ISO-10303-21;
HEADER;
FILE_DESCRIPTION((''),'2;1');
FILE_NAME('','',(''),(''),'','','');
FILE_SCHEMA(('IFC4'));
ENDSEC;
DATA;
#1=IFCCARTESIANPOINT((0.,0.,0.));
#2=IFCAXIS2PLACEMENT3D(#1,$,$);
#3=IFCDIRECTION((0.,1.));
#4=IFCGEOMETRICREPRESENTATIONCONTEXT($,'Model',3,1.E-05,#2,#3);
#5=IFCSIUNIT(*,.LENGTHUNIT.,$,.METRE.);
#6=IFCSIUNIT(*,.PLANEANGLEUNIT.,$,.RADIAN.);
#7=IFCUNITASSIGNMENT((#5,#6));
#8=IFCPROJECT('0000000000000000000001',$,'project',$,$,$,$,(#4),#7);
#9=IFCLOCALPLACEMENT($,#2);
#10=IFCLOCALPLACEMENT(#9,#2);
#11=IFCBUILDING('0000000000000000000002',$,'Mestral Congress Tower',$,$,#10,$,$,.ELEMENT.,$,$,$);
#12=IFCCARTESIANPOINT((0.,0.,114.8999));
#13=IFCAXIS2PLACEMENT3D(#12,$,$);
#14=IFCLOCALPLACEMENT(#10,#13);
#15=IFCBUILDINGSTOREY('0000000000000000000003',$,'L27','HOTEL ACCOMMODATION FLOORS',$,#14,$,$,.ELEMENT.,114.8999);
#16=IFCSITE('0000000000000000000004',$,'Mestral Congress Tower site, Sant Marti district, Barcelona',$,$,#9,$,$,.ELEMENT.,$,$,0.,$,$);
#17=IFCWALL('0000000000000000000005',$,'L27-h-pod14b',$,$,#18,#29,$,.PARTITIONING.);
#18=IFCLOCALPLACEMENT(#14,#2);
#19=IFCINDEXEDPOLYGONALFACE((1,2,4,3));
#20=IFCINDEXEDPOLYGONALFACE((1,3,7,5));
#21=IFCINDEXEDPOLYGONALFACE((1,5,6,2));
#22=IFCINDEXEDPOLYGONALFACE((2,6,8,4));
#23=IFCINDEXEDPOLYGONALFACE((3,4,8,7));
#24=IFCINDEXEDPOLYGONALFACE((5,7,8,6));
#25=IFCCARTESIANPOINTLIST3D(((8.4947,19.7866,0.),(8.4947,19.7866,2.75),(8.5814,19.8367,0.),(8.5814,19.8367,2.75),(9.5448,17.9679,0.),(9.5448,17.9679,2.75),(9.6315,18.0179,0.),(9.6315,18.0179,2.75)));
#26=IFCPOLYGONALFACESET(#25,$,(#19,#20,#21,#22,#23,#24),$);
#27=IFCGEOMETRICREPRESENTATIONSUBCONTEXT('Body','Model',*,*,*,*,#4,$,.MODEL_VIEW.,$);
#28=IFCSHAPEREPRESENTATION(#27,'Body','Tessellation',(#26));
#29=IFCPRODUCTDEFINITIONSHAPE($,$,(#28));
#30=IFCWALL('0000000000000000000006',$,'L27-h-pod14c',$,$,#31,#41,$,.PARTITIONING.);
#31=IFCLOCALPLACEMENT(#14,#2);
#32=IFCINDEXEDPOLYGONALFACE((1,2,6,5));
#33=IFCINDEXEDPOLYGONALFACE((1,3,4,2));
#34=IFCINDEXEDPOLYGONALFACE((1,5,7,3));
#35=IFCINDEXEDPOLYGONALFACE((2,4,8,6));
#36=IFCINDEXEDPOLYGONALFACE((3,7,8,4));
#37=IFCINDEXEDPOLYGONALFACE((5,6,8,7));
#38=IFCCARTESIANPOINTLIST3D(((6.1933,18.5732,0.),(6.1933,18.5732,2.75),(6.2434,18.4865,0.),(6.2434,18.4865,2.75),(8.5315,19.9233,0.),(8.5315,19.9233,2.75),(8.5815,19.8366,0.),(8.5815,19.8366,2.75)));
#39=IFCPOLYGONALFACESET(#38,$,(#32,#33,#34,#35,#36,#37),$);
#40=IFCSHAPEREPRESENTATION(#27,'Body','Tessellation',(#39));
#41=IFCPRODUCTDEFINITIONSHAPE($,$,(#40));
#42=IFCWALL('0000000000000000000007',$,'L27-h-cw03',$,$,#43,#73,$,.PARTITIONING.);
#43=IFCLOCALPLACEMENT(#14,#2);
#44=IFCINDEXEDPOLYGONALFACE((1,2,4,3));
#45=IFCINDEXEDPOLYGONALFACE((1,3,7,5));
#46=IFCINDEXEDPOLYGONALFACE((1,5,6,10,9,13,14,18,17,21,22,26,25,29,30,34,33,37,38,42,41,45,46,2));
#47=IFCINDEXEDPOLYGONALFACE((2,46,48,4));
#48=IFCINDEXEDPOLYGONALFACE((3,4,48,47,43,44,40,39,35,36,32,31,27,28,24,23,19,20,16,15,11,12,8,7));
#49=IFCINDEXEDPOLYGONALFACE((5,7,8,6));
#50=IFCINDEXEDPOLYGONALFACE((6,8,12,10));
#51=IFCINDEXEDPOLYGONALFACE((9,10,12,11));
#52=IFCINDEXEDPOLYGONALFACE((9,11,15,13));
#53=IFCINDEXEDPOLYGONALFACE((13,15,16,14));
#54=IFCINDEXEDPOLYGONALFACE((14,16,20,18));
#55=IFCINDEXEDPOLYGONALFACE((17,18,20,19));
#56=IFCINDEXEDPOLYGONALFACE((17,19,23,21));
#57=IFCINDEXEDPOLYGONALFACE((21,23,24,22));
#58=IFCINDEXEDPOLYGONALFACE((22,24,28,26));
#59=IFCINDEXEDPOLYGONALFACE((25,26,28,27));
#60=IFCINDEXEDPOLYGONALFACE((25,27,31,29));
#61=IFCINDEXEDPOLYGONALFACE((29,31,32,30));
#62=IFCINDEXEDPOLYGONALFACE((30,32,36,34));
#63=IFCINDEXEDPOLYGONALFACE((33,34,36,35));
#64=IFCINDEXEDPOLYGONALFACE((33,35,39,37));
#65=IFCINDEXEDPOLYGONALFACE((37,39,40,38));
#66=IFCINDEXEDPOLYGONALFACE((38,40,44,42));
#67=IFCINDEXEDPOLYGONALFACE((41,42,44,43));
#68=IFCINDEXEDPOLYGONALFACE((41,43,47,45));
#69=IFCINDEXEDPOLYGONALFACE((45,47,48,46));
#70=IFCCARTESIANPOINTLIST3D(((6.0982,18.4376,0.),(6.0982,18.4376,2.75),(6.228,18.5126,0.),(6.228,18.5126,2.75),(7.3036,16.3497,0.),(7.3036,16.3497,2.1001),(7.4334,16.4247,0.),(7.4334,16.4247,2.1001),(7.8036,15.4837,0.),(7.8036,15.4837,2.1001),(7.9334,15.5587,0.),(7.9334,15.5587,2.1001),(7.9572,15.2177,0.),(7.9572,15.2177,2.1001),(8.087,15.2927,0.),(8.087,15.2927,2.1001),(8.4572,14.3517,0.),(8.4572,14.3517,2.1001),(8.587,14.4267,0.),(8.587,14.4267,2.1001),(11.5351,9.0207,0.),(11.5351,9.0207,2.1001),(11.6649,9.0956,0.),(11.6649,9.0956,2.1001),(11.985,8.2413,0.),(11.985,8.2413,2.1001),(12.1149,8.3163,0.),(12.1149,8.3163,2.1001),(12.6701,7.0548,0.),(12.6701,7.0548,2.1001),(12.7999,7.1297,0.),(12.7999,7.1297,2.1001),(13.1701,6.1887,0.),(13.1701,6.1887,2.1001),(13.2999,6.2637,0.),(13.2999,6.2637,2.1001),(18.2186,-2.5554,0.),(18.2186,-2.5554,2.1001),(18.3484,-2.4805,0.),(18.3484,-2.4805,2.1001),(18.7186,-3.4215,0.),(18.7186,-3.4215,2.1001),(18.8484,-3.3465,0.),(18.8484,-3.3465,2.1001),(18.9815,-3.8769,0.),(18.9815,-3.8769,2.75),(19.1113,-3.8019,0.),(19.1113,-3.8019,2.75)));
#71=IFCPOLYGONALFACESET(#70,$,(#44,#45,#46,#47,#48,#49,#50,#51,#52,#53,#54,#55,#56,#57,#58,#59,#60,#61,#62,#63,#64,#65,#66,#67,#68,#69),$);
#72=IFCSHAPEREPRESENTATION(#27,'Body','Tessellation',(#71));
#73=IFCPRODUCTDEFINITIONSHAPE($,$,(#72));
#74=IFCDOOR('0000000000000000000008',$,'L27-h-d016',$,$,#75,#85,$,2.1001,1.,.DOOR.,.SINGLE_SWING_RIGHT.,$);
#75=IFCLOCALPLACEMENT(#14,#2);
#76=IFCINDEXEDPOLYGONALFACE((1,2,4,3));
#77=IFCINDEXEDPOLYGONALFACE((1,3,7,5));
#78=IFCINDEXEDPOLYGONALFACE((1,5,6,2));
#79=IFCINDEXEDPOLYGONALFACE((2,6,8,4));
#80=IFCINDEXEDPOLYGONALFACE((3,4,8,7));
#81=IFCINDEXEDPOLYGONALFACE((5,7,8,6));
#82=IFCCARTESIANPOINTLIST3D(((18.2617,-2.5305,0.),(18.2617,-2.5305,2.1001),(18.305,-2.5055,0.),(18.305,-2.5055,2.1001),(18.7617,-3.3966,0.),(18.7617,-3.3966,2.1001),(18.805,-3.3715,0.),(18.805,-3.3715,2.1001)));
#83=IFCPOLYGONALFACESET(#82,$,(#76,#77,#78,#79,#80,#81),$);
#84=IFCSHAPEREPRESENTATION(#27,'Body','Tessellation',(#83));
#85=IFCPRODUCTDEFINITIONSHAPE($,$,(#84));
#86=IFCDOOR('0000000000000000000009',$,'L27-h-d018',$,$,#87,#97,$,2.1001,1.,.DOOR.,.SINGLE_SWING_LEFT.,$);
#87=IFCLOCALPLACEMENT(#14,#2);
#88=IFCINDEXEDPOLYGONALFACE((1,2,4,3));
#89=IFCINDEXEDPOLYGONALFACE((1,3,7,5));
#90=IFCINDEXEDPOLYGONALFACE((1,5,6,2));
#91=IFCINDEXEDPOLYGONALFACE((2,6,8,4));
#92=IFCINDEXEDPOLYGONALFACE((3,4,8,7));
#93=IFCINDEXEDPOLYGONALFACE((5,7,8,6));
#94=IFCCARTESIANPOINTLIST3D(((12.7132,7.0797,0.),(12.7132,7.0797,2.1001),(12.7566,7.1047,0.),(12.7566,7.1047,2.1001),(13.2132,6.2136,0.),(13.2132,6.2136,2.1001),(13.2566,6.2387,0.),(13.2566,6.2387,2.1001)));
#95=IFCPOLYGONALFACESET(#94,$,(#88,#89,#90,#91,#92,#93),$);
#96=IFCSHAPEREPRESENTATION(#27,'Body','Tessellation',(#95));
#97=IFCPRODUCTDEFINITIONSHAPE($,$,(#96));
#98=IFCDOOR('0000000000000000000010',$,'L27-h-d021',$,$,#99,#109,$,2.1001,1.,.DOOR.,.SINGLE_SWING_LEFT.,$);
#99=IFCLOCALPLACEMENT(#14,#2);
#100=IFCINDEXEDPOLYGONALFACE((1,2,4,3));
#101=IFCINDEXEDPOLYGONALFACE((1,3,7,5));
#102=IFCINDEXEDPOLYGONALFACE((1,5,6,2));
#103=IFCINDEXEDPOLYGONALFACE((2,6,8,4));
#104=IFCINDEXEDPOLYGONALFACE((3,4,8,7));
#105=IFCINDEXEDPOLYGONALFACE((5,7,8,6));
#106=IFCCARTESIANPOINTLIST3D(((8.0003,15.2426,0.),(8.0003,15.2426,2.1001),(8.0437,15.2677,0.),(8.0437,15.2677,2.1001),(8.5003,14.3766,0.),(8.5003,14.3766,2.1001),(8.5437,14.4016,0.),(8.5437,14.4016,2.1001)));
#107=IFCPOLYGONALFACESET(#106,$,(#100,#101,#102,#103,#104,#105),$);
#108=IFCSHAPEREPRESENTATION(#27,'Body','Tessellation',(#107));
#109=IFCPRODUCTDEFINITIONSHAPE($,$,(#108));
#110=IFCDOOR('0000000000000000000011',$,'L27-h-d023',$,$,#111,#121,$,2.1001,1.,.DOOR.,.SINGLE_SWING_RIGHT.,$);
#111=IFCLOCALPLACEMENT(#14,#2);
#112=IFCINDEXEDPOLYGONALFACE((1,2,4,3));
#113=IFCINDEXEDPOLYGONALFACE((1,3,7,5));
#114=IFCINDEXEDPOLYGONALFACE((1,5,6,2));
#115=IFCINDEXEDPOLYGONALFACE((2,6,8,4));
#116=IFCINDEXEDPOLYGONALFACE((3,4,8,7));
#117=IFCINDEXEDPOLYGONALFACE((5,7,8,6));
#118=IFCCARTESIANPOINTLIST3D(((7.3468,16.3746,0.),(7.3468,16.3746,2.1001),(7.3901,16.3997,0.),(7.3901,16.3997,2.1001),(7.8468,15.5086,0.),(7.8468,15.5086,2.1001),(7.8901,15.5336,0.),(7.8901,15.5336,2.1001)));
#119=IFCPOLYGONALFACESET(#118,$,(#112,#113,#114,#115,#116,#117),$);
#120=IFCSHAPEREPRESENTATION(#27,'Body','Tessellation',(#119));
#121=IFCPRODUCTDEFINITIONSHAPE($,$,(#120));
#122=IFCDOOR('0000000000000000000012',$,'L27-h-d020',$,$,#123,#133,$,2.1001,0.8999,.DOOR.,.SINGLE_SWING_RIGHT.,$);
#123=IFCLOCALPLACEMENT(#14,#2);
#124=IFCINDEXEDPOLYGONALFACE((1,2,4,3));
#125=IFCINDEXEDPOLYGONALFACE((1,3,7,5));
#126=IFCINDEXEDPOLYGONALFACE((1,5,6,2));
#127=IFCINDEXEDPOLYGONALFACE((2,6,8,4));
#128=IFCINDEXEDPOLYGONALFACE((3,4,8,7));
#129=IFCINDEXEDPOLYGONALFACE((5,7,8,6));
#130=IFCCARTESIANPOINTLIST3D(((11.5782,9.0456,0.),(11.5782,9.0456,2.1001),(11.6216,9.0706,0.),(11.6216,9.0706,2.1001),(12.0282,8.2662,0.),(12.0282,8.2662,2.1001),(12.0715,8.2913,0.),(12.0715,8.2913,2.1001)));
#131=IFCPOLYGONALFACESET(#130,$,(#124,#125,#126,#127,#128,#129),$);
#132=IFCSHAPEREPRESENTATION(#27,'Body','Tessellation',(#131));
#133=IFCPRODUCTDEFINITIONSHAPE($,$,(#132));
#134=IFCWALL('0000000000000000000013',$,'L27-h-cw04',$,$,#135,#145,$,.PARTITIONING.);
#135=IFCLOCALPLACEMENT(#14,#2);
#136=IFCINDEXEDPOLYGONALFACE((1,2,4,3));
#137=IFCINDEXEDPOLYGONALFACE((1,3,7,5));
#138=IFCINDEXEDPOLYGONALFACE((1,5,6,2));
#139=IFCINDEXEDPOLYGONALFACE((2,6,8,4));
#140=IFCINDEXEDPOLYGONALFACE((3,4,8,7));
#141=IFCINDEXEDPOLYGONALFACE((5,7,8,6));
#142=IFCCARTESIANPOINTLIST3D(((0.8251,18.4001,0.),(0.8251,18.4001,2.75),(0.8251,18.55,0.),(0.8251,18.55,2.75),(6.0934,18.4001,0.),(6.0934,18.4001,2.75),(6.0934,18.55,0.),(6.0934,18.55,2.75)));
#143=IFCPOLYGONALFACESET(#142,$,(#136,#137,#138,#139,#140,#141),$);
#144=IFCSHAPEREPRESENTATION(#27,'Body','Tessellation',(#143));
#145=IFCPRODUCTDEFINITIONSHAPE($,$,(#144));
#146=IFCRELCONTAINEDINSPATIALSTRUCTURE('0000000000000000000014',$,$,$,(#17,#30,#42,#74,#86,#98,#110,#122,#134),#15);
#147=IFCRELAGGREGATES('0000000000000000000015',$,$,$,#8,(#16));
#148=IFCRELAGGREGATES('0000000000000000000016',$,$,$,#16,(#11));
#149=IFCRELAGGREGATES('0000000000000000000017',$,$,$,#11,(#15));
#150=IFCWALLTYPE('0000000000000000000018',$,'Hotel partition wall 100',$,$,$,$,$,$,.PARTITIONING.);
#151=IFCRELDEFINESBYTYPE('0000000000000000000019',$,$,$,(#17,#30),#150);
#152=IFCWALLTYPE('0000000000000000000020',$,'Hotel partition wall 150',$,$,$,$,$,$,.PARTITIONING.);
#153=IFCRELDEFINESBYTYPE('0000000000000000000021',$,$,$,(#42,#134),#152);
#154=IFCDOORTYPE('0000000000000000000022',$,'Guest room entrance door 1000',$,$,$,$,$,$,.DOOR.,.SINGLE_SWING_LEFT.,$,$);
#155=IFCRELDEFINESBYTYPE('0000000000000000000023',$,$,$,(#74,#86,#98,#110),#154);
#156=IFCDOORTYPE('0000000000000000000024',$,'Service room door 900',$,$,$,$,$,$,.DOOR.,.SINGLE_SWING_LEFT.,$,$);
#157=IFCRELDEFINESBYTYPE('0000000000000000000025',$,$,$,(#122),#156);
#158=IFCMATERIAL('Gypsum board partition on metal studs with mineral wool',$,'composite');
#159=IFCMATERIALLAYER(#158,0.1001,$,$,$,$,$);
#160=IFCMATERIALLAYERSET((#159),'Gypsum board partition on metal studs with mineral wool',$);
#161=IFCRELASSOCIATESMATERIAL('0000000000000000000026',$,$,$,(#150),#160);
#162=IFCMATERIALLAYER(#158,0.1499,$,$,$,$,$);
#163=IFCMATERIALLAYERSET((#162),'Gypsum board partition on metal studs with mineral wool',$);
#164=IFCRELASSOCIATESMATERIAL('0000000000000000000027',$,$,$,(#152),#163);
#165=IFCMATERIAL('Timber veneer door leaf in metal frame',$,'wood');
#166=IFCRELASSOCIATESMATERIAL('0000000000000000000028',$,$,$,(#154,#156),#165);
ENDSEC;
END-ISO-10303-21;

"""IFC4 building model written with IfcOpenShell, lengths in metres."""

from ifc_helpers import new_model, si_unit, direction, frame, frame_2d, origin, place, context, subcontext, project, spatial, rectangle, extrude, material, layer, layer_set, type_object, element, fill, save


model = new_model("IFC4")

# Units and contexts
model_context = context("Model", 3, precision=1e-05, world=origin(), true_north=direction((0.0, 1.0)))
body_context = subcontext(model_context, "Body", "Model", "MODEL_VIEW")
ifc_project = project(units=[si_unit("LENGTHUNIT", "METRE"), si_unit("PLANEANGLEUNIT", "RADIAN")], contexts=[model_context])

# Site, building, storey
site_placement = place(None, origin())
site = spatial("IfcSite", under=ifc_project, at=site_placement, Name="Mestral Congress Tower site, Sant Marti district, Barcelona", CompositionType="ELEMENT", RefElevation=0.0)
building_placement = place(site_placement, origin())
building = spatial("IfcBuilding", under=site, at=building_placement, Name="Mestral Congress Tower", CompositionType="ELEMENT")
storey_placement = place(building_placement, frame((0.0, 0.0, 114.8999)))
storey = spatial("IfcBuildingStorey", under=building, at=storey_placement, Name="L27", Description="HOTEL ACCOMMODATION FLOORS", CompositionType="ELEMENT", Elevation=114.8999)

# Shared definitions
ifc_material_1 = material(Name="Gypsum board partition on metal studs with mineral wool", Category="composite")
ifc_layer_1 = layer(ifc_material_1, 0.1001)
ifc_layer_set_1 = layer_set([ifc_layer_1], Name="Gypsum board partition on metal studs with mineral wool")
wall_type_1 = type_object("IfcWallType", Name="Hotel partition wall 100", PredefinedType="PARTITIONING", material=ifc_layer_set_1)

# Walls
wall_1_placement = place(storey_placement, frame((9.5881, 17.9929, 0.0), z_axis=(0.0, 0.0, 1.0), x_axis=(-0.500028, 0.866009, 0.0)))
element("IfcWall", 1, at=wall_1_placement, inside=storey, type_object=wall_type_1, Name="L27-h-pod14b", PredefinedType="PARTITIONING", context=body_context, shape_type="SweptSolid", body=[
    extrude(rectangle(XDim=2.1001, YDim=0.1001, at=frame_2d((1.05, 0.0))), origin(), (0.0, 0.0, 1.0), 2.75),
])
wall_2_placement = place(storey_placement, frame((6.2183, 18.5298, 0.0), z_axis=(0.0, 0.0, 1.0), x_axis=(0.865997, 0.500049, 0.0)))
element("IfcWall", 2, at=wall_2_placement, inside=storey, type_object=wall_type_1, Name="L27-h-pod14c", PredefinedType="PARTITIONING", context=body_context, shape_type="SweptSolid", body=[
    extrude(rectangle(XDim=2.7, YDim=0.1001, at=frame_2d((1.3501, 0.0))), origin(), (0.0, 0.0, 1.0), 2.75),
])

# Wall, openings, doors
ifc_layer_2 = layer(ifc_material_1, 0.1499)
ifc_layer_set_2 = layer_set([ifc_layer_2], Name="Gypsum board partition on metal studs with mineral wool")
wall_type_2 = type_object("IfcWallType", Name="Hotel partition wall 150", PredefinedType="PARTITIONING", material=ifc_layer_set_2)
wall_3_placement = place(storey_placement, frame((6.1631, 18.4751, 0.0), z_axis=(0.0, 0.0, 1.0), x_axis=(0.500001, -0.866025, 0.0)))
wall_3 = element("IfcWall", 3, at=wall_3_placement, inside=storey, type_object=wall_type_2, Name="L27-h-cw03", PredefinedType="PARTITIONING", context=body_context, shape_type="SweptSolid", body=[
    extrude(rectangle(XDim=25.7666, YDim=0.1499, at=frame_2d((12.8833, 0.0))), origin(), (0.0, 0.0, 1.0), 2.75),
])
opening_1_placement = place(wall_3_placement, frame((24.2407, 0.0, 0.0)))
opening_1 = element("IfcOpeningElement", 4, at=opening_1_placement, cuts=wall_3, PredefinedType="OPENING", context=body_context, shape_type="SweptSolid", body=[
    extrude(rectangle(XDim=1.0, YDim=2.1001, at=frame_2d((0.5, 1.05))), frame((0.0, 0.085, 0.0), z_axis=(0.0, -1.0, 0.0), x_axis=(1.0, 0.0, 0.0)), (0.0, 0.0, 1.0), 0.1699),
])
opening_2_placement = place(wall_3_placement, frame((13.1438, 0.0, 0.0)))
opening_2 = element("IfcOpeningElement", 5, at=opening_2_placement, cuts=wall_3, PredefinedType="OPENING", context=body_context, shape_type="SweptSolid", body=[
    extrude(rectangle(XDim=1.0, YDim=2.1001, at=frame_2d((0.5, 1.05))), frame((0.0, 0.085, 0.0), z_axis=(0.0, -1.0, 0.0), x_axis=(1.0, 0.0, 0.0)), (0.0, 0.0, 1.0), 0.1699),
])
opening_3_placement = place(wall_3_placement, frame((10.8738, 0.0, 0.0)))
opening_3 = element("IfcOpeningElement", 6, at=opening_3_placement, cuts=wall_3, PredefinedType="OPENING", context=body_context, shape_type="SweptSolid", body=[
    extrude(rectangle(XDim=0.8999, YDim=2.1001, at=frame_2d((0.45, 1.05))), frame((0.0, 0.085, 0.0), z_axis=(0.0, -1.0, 0.0), x_axis=(1.0, 0.0, 0.0)), (0.0, 0.0, 1.0), 0.1699),
])
opening_4_placement = place(wall_3_placement, frame((3.718, 0.0, 0.0)))
opening_4 = element("IfcOpeningElement", 7, at=opening_4_placement, cuts=wall_3, PredefinedType="OPENING", context=body_context, shape_type="SweptSolid", body=[
    extrude(rectangle(XDim=1.0, YDim=2.1001, at=frame_2d((0.5, 1.05))), frame((0.0, 0.085, 0.0), z_axis=(0.0, -1.0, 0.0), x_axis=(1.0, 0.0, 0.0)), (0.0, 0.0, 1.0), 0.1699),
])
opening_5_placement = place(wall_3_placement, frame((2.4109, 0.0, 0.0)))
opening_5 = element("IfcOpeningElement", 8, at=opening_5_placement, cuts=wall_3, PredefinedType="OPENING", context=body_context, shape_type="SweptSolid", body=[
    extrude(rectangle(XDim=1.0, YDim=2.1001, at=frame_2d((0.5, 1.05))), frame((0.0, 0.085, 0.0), z_axis=(0.0, -1.0, 0.0), x_axis=(1.0, 0.0, 0.0)), (0.0, 0.0, 1.0), 0.1699),
])
ifc_material_2 = material(Name="Timber veneer door leaf in metal frame", Category="wood")
door_type_1 = type_object("IfcDoorType", Name="Guest room entrance door 1000", OperationType="SINGLE_SWING_LEFT", PredefinedType="DOOR", material=ifc_material_2)
door_1_placement = place(opening_1_placement, origin())
door_1 = element("IfcDoor", 9, at=door_1_placement, inside=storey, type_object=door_type_1, Name="L27-h-d016", OperationType="SINGLE_SWING_RIGHT", OverallHeight=2.1001, OverallWidth=1.0, PredefinedType="DOOR", context=body_context, shape_type="SweptSolid", body=[
    extrude(rectangle(XDim=1.0, YDim=2.1001, at=frame_2d((0.5, 1.05))), frame((0.0, 0.0249, 0.0), z_axis=(0.0, -1.0, 0.0), x_axis=(1.0, 0.0, 0.0)), (0.0, 0.0, 1.0), 0.05),
])
fill(opening_1, door_1)
door_2_placement = place(opening_2_placement, origin())
door_2 = element("IfcDoor", 10, at=door_2_placement, inside=storey, type_object=door_type_1, Name="L27-h-d018", OperationType="SINGLE_SWING_LEFT", OverallHeight=2.1001, OverallWidth=1.0, PredefinedType="DOOR", context=body_context, shape_type="SweptSolid", body=[
    extrude(rectangle(XDim=1.0, YDim=2.1001, at=frame_2d((0.5, 1.05))), frame((0.0, 0.0249, 0.0), z_axis=(0.0, -1.0, 0.0), x_axis=(1.0, 0.0, 0.0)), (0.0, 0.0, 1.0), 0.05),
])
fill(opening_2, door_2)
door_3_placement = place(opening_4_placement, origin())
door_3 = element("IfcDoor", 11, at=door_3_placement, inside=storey, type_object=door_type_1, Name="L27-h-d021", OperationType="SINGLE_SWING_LEFT", OverallHeight=2.1001, OverallWidth=1.0, PredefinedType="DOOR", context=body_context, shape_type="SweptSolid", body=[
    extrude(rectangle(XDim=1.0, YDim=2.1001, at=frame_2d((0.5, 1.05))), frame((0.0, 0.0249, 0.0), z_axis=(0.0, -1.0, 0.0), x_axis=(1.0, 0.0, 0.0)), (0.0, 0.0, 1.0), 0.05),
])
fill(opening_4, door_3)
door_4_placement = place(opening_5_placement, origin())
door_4 = element("IfcDoor", 12, at=door_4_placement, inside=storey, type_object=door_type_1, Name="L27-h-d023", OperationType="SINGLE_SWING_RIGHT", OverallHeight=2.1001, OverallWidth=1.0, PredefinedType="DOOR", context=body_context, shape_type="SweptSolid", body=[
    extrude(rectangle(XDim=1.0, YDim=2.1001, at=frame_2d((0.5, 1.05))), frame((0.0, 0.0249, 0.0), z_axis=(0.0, -1.0, 0.0), x_axis=(1.0, 0.0, 0.0)), (0.0, 0.0, 1.0), 0.05),
])
fill(opening_5, door_4)
door_type_2 = type_object("IfcDoorType", Name="Service room door 900", OperationType="SINGLE_SWING_LEFT", PredefinedType="DOOR", material=ifc_material_2)
door_5_placement = place(opening_3_placement, origin())
door_5 = element("IfcDoor", 13, at=door_5_placement, inside=storey, type_object=door_type_2, Name="L27-h-d020", OperationType="SINGLE_SWING_RIGHT", OverallHeight=2.1001, OverallWidth=0.8999, PredefinedType="DOOR", context=body_context, shape_type="SweptSolid", body=[
    extrude(rectangle(XDim=0.8999, YDim=2.1001, at=frame_2d((0.45, 1.05))), frame((0.0, 0.0249, 0.0), z_axis=(0.0, -1.0, 0.0), x_axis=(1.0, 0.0, 0.0)), (0.0, 0.0, 1.0), 0.05),
])
fill(opening_3, door_5)

# Wall
wall_4_placement = place(storey_placement, frame((0.825, 18.4751, 0.0), z_axis=(0.0, 0.0, 1.0), x_axis=(1.0, 0.0, 0.0)))
element("IfcWall", 14, at=wall_4_placement, inside=storey, type_object=wall_type_2, Name="L27-h-cw04", PredefinedType="PARTITIONING", context=body_context, shape_type="SweptSolid", body=[
    extrude(rectangle(XDim=5.2683, YDim=0.1499, at=frame_2d((2.6343, 0.0))), origin(), (0.0, 0.0, 1.0), 2.75),
])

save(model, "model.ifc")
